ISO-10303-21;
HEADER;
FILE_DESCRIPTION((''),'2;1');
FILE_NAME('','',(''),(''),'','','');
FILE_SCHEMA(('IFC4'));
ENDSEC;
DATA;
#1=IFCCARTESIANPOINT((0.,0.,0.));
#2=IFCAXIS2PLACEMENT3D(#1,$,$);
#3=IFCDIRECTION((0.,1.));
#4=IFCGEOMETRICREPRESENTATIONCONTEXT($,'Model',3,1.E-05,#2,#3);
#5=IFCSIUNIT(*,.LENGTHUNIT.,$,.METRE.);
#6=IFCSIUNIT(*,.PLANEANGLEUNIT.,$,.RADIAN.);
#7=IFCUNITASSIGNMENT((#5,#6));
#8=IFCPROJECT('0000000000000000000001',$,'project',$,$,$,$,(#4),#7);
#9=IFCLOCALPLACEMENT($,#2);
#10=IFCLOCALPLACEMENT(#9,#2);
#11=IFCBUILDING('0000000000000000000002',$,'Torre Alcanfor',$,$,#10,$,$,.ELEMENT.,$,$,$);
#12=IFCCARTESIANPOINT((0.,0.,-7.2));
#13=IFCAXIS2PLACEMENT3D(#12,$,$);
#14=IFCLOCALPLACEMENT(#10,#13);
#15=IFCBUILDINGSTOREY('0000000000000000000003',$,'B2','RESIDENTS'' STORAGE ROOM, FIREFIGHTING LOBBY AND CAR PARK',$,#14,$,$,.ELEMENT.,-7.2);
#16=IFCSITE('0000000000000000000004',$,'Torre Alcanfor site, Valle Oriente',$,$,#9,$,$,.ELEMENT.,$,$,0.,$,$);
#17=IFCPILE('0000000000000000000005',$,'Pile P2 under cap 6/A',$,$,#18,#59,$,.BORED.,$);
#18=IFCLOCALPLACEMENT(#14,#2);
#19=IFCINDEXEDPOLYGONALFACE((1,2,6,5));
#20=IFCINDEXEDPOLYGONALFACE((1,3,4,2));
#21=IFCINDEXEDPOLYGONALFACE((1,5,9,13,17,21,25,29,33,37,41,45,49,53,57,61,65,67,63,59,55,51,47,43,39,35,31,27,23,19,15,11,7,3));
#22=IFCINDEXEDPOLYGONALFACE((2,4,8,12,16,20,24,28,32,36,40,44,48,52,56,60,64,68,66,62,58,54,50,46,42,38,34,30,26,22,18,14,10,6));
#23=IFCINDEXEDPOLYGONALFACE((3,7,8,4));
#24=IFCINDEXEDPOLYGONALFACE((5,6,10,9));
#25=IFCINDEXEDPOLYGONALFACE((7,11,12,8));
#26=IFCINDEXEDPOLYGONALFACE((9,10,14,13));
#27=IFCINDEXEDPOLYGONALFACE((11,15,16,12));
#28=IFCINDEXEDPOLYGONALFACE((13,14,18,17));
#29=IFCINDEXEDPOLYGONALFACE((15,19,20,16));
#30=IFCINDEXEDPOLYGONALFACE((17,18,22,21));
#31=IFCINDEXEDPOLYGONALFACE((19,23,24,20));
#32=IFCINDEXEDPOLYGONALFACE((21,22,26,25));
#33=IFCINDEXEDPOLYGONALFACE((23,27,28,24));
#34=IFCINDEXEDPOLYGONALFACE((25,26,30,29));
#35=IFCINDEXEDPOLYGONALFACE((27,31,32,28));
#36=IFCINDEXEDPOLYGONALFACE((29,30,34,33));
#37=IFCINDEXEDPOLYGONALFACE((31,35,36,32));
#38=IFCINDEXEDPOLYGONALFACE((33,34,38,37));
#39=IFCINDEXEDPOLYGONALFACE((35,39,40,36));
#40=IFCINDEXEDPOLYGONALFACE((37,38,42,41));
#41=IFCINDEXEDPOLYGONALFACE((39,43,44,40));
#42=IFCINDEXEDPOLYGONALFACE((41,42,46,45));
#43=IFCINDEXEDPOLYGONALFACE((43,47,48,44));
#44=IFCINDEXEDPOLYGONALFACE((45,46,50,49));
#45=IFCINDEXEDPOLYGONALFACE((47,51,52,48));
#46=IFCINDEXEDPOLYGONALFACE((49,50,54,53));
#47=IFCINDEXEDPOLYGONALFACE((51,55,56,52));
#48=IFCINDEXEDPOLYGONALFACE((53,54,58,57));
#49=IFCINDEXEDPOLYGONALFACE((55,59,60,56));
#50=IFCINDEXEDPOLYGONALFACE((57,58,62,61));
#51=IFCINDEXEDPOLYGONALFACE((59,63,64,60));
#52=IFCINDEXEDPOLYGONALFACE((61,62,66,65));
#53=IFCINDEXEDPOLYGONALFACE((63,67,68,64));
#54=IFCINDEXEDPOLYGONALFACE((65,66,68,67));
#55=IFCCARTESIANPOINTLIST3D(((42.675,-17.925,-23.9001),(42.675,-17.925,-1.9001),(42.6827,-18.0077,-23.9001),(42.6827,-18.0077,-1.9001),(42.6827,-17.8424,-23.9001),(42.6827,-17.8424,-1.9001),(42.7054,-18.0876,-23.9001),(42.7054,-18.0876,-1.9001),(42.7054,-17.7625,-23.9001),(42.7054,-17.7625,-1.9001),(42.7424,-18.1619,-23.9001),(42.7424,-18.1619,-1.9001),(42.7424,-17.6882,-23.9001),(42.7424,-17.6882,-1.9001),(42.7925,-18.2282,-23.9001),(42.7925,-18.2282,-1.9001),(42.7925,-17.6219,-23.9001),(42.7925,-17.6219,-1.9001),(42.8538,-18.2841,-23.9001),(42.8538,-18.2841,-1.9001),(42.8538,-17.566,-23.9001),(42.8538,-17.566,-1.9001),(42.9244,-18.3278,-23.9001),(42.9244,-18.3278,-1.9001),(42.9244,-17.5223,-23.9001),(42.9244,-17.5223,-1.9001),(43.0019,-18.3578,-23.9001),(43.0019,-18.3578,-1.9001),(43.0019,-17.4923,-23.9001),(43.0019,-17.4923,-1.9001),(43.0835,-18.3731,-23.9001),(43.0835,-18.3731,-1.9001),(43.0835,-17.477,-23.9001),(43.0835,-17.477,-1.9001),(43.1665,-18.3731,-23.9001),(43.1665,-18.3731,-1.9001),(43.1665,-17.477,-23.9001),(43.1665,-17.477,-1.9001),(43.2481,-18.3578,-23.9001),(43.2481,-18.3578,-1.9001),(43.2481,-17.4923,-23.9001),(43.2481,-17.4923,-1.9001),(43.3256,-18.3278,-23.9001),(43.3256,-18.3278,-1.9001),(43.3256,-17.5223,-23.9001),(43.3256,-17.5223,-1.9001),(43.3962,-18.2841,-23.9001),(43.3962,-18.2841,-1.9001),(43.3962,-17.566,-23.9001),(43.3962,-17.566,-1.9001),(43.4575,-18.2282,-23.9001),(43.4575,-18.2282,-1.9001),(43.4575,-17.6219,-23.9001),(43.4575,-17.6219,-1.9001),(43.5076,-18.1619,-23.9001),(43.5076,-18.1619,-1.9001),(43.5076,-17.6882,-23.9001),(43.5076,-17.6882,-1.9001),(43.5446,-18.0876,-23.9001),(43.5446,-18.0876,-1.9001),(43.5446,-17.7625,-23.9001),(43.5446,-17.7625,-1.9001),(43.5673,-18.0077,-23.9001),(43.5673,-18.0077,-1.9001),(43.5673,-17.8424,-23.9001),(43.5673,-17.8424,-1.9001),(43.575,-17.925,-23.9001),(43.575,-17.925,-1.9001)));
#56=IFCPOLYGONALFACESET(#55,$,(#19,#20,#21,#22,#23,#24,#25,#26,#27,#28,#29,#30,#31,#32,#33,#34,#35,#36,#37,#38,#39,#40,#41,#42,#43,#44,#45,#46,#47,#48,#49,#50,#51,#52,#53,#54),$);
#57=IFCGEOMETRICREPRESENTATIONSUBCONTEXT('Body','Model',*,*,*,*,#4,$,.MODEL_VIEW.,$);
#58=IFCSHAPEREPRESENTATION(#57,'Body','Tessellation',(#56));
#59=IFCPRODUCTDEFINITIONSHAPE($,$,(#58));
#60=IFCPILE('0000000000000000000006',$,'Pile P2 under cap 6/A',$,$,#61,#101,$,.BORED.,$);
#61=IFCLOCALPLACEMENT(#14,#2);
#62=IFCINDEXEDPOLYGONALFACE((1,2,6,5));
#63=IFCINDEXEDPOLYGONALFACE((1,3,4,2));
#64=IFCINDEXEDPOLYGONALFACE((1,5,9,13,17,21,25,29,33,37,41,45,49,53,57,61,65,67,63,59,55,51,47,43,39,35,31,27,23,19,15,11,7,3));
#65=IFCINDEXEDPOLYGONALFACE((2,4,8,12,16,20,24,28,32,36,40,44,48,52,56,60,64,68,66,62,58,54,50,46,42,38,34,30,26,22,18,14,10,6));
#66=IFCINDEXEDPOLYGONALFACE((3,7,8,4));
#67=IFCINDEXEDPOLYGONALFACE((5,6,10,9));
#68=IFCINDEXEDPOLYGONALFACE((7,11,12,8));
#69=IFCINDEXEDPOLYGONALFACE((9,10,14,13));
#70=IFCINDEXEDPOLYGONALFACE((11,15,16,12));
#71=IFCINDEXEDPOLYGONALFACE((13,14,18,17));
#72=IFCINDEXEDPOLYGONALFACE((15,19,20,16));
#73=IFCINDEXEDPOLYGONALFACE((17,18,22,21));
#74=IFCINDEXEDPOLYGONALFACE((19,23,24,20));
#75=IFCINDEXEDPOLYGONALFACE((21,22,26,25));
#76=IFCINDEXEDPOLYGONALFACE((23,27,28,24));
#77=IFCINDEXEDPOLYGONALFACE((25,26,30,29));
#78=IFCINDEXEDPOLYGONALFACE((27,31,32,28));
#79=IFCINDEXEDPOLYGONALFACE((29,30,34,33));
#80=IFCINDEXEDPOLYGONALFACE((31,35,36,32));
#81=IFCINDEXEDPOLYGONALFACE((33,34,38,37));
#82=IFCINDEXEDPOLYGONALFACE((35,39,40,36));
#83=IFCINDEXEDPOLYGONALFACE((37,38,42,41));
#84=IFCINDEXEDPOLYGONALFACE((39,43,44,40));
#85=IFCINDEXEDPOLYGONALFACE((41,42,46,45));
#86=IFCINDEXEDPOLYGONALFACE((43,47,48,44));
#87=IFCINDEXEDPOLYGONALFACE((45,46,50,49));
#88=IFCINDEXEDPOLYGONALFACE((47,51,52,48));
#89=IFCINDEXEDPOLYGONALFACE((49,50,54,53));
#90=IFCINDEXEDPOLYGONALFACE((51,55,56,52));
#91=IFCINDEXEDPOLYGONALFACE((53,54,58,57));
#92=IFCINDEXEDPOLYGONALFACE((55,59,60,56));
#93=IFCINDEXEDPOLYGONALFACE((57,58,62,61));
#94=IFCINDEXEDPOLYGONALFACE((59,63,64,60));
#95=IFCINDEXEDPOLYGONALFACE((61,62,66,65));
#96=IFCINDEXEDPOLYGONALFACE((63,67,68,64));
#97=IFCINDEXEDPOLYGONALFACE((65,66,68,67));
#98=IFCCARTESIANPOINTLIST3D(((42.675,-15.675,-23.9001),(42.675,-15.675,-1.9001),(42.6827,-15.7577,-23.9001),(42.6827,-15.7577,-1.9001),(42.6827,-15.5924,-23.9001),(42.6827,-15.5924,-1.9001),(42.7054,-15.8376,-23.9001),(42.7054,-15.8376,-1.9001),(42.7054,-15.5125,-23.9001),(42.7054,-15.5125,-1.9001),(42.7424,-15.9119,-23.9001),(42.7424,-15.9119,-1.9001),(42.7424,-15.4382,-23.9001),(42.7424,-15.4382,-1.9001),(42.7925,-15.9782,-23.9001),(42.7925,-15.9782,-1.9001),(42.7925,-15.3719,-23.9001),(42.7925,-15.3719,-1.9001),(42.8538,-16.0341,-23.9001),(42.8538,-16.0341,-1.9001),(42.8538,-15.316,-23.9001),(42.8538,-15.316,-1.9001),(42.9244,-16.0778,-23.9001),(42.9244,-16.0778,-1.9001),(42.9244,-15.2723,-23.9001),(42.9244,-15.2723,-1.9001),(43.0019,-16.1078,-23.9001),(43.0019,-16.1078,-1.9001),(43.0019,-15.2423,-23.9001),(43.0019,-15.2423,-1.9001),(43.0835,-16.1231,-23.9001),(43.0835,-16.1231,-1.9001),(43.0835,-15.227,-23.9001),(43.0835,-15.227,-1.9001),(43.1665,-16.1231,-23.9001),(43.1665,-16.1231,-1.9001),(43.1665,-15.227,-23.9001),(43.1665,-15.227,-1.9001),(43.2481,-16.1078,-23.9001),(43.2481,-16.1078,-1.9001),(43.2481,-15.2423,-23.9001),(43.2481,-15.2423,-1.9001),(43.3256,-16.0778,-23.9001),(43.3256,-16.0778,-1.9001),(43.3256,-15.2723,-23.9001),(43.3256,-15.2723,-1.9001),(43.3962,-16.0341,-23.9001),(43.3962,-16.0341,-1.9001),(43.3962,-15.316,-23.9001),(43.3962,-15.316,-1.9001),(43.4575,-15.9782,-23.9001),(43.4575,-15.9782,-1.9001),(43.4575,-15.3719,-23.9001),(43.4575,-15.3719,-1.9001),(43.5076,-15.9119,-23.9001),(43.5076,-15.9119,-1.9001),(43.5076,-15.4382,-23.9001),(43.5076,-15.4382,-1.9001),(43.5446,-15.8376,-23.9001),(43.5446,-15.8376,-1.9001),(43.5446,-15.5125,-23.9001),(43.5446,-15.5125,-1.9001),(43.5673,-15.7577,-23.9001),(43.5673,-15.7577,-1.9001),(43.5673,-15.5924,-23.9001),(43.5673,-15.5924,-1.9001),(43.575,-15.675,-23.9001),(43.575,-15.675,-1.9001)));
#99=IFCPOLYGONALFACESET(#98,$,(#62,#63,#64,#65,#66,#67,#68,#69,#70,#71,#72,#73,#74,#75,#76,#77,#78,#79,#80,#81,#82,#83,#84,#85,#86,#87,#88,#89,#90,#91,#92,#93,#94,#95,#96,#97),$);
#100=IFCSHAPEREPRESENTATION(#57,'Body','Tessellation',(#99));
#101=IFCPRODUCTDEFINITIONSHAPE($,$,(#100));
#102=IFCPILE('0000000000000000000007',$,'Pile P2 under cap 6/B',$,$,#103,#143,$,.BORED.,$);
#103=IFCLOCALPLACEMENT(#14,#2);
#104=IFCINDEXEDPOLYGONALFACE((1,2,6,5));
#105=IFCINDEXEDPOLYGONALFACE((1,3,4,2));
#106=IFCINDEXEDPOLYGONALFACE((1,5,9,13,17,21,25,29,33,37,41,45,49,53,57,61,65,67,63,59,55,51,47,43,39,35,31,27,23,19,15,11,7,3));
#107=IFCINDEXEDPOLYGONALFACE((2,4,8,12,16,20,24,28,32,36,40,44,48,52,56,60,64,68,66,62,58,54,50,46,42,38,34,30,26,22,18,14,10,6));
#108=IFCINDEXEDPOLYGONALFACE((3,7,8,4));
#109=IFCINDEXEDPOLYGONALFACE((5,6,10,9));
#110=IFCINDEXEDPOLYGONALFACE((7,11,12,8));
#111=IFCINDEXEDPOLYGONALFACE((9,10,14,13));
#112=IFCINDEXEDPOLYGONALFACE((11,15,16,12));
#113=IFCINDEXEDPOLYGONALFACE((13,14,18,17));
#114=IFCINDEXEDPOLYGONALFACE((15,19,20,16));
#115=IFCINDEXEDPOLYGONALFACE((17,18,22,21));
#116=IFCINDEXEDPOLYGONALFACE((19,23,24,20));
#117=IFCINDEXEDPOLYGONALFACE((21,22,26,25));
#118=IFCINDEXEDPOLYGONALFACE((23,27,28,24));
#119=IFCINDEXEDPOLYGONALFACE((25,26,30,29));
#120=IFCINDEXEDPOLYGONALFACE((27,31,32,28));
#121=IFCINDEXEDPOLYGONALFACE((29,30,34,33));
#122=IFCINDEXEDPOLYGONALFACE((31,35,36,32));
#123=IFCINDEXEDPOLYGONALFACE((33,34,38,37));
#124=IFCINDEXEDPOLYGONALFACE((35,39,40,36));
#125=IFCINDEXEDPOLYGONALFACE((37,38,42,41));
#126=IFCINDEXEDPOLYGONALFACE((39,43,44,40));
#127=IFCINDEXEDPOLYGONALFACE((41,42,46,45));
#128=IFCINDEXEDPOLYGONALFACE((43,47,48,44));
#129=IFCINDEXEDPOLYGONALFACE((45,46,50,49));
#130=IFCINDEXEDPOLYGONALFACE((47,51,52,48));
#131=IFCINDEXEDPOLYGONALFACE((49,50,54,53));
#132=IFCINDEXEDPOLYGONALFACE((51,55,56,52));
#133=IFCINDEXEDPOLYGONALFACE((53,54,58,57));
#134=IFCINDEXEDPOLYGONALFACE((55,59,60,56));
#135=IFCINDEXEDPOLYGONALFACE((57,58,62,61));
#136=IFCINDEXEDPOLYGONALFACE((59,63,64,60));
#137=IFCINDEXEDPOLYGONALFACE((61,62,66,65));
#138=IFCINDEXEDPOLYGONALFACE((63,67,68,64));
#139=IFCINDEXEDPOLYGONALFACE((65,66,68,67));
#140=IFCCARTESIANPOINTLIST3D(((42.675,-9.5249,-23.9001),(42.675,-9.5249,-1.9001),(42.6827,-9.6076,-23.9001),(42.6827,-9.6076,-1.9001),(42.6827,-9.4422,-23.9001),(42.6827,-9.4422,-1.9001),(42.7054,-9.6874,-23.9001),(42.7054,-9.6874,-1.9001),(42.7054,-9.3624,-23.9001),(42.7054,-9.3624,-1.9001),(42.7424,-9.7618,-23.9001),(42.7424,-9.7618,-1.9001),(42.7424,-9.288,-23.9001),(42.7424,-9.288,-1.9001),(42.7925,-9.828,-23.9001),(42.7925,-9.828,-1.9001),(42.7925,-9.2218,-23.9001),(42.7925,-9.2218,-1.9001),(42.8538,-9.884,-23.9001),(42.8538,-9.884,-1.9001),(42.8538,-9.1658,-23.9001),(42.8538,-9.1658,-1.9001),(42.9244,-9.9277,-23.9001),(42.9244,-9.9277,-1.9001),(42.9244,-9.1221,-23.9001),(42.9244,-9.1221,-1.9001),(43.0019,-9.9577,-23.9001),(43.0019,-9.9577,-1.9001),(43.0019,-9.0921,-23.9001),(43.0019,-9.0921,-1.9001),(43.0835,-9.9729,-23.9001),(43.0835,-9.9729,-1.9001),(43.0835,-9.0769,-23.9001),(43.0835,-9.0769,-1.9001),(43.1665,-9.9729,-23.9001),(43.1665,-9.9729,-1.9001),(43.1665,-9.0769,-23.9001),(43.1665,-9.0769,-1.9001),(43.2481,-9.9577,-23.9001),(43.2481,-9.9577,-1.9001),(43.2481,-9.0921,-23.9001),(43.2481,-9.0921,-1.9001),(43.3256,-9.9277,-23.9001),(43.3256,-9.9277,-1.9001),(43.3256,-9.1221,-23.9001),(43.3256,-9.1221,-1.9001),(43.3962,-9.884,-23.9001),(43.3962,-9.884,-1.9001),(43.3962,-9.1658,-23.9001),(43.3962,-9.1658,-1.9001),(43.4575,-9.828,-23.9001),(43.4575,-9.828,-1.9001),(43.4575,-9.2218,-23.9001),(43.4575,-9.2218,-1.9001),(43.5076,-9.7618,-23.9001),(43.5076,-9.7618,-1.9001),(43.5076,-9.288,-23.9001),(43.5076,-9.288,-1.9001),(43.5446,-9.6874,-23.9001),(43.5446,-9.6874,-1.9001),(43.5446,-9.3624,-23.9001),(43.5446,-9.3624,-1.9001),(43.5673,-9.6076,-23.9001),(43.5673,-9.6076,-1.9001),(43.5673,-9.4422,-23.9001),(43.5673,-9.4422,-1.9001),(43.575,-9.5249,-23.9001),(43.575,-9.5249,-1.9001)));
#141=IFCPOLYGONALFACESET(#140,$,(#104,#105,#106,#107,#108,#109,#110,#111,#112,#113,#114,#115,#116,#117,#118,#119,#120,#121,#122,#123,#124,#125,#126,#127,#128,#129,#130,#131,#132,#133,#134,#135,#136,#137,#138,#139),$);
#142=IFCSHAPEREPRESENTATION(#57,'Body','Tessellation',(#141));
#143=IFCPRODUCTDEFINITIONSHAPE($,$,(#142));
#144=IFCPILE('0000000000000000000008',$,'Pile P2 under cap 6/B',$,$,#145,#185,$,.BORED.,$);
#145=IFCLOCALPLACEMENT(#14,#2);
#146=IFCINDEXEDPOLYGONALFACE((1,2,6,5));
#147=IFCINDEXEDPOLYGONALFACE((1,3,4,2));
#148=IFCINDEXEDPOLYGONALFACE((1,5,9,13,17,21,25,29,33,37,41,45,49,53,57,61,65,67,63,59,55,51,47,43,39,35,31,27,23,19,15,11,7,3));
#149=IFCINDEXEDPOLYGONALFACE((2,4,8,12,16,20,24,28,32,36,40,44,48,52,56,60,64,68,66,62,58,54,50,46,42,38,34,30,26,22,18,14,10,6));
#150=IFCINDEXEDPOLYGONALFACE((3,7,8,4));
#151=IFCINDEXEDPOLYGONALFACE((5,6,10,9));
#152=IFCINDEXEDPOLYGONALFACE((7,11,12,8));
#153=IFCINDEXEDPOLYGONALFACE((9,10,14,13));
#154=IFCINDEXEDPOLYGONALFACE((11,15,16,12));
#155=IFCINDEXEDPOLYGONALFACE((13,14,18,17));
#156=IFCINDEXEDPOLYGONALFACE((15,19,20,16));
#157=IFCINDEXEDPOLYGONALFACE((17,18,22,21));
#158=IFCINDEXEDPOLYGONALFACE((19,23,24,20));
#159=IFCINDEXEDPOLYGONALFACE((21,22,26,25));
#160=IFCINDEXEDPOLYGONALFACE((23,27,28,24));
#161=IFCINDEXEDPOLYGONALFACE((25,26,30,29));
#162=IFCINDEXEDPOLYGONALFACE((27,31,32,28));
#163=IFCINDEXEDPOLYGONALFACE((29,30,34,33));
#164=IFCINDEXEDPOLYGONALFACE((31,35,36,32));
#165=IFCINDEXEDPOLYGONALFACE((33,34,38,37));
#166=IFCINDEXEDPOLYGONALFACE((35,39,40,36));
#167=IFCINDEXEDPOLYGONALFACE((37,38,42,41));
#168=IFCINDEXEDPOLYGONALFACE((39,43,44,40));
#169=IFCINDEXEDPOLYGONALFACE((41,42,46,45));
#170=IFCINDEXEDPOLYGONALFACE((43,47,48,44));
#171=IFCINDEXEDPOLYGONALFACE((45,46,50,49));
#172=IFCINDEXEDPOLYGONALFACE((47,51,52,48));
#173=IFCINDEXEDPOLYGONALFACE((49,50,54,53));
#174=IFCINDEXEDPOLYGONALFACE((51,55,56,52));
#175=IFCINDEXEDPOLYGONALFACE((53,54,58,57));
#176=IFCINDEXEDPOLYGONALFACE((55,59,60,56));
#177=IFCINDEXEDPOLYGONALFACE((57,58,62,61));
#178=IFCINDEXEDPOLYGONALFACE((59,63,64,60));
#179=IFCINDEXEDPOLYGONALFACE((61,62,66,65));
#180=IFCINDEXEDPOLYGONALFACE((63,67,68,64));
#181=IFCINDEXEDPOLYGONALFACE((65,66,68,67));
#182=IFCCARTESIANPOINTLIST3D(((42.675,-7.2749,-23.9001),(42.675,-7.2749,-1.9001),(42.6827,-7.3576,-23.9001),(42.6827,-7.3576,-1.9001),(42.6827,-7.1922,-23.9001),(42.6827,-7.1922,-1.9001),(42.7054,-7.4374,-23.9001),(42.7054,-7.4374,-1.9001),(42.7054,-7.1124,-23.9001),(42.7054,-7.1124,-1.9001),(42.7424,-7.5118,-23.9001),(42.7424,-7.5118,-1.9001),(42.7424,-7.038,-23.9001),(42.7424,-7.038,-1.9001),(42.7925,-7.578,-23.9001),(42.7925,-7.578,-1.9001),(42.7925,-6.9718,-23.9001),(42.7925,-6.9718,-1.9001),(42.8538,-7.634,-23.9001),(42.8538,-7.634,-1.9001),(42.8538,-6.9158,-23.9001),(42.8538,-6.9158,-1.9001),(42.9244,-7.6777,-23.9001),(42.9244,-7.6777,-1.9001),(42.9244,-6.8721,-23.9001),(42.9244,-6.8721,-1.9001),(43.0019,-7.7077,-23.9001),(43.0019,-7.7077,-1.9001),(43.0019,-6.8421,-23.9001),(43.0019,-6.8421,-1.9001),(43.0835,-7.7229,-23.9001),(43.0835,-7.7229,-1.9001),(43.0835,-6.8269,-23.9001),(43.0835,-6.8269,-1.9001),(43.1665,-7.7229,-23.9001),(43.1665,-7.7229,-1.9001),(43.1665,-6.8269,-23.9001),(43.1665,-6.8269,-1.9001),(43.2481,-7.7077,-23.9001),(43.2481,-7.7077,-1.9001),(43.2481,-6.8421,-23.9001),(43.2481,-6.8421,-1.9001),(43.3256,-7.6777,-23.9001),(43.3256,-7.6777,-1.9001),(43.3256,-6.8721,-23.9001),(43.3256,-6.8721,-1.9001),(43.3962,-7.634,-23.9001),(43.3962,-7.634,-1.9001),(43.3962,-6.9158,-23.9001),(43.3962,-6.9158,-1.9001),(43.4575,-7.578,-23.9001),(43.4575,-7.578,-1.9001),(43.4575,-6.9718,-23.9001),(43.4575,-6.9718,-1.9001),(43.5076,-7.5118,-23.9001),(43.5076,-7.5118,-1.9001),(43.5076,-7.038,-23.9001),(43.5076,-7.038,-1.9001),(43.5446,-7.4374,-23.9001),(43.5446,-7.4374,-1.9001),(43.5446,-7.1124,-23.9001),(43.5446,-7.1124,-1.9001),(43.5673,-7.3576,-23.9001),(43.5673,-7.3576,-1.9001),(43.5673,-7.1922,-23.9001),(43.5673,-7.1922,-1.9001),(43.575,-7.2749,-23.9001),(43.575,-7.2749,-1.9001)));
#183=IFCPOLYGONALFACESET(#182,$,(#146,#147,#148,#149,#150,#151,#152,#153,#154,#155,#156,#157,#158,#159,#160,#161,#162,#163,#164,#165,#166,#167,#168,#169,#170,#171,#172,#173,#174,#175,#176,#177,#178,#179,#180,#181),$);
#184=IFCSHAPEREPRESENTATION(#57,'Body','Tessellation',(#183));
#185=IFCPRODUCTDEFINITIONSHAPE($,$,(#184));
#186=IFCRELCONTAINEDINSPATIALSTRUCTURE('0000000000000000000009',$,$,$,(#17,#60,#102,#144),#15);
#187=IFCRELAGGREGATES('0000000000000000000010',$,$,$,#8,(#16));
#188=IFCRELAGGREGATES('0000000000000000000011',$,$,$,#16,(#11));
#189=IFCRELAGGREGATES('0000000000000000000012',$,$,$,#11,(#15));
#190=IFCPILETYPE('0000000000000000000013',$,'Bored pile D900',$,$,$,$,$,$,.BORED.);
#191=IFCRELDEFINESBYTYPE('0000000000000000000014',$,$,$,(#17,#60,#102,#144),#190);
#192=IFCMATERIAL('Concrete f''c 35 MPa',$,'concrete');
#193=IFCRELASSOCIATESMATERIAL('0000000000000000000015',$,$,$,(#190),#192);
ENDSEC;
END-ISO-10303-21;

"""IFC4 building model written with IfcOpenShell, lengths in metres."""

from ifc_helpers import new_model, si_unit, direction, frame, origin, origin_2d, place, context, subcontext, project, spatial, circle, extrude, material, material_profile, profile_set, type_object, element, save


model = new_model("IFC4")

# Units and contexts
model_context = context("Model", 3, precision=1e-05, world=origin(), true_north=direction((0.0, 1.0)))
body_context = subcontext(model_context, "Body", "Model", "MODEL_VIEW")
ifc_project = project(units=[si_unit("LENGTHUNIT", "METRE"), si_unit("PLANEANGLEUNIT", "RADIAN")], contexts=[model_context])

# Site, building, storey
site_placement = place(None, origin())
site = spatial("IfcSite", under=ifc_project, at=site_placement, Name="Torre Alcanfor site, Valle Oriente", CompositionType="ELEMENT", RefElevation=0.0)
building_placement = place(site_placement, origin())
building = spatial("IfcBuilding", under=site, at=building_placement, Name="Torre Alcanfor", CompositionType="ELEMENT")
storey_placement = place(building_placement, frame((0.0, 0.0, -7.2)))
storey = spatial("IfcBuildingStorey", under=building, at=storey_placement, Name="B2", Description="RESIDENTS' STORAGE ROOM, FIREFIGHTING LOBBY AND CAR PARK", CompositionType="ELEMENT", Elevation=-7.2)

# Piles
ifc_material_1 = material(Name="Concrete f'c 35 MPa", Category="concrete")
ifc_material_profile_1 = material_profile(ifc_material_1, circle(Radius=0.45, at=origin_2d()), Name="D900")
ifc_profile_set_1 = profile_set([ifc_material_profile_1], Name="Concrete f'c 35 MPa")
pile_type = type_object("IfcPileType", Name="Bored pile D900", PredefinedType="BORED", material=ifc_profile_set_1)
for number, where, z_axis, x_axis, name in (
    (1, (43.125, -17.925, -1.9001), (0.0, 0.0, -1.0), (1.0, 0.0, 0.0), "Pile P2 under cap 6/A"),
    (2, (43.125, -15.675, -1.9001), (0.0, 0.0, -1.0), (1.0, 0.0, 0.0), "Pile P2 under cap 6/A"),
    (3, (43.125, -9.5249, -1.9001), (0.0, 0.0, -1.0), (1.0, 0.0, 0.0), "Pile P2 under cap 6/B"),
    (4, (43.125, -7.2749, -1.9001), (0.0, 0.0, -1.0), (1.0, 0.0, 0.0), "Pile P2 under cap 6/B"),
):
    element("IfcPile", number, at=place(storey_placement, frame(where, z_axis=z_axis, x_axis=x_axis)), inside=storey, type_object=pile_type, Name=name, PredefinedType="BORED", context=body_context, shape_type="SweptSolid", body=[
        extrude(circle(Radius=0.45, at=origin_2d()), origin(), (0.0, 0.0, 1.0), 22.0),
    ])

save(model, "model.ifc")
